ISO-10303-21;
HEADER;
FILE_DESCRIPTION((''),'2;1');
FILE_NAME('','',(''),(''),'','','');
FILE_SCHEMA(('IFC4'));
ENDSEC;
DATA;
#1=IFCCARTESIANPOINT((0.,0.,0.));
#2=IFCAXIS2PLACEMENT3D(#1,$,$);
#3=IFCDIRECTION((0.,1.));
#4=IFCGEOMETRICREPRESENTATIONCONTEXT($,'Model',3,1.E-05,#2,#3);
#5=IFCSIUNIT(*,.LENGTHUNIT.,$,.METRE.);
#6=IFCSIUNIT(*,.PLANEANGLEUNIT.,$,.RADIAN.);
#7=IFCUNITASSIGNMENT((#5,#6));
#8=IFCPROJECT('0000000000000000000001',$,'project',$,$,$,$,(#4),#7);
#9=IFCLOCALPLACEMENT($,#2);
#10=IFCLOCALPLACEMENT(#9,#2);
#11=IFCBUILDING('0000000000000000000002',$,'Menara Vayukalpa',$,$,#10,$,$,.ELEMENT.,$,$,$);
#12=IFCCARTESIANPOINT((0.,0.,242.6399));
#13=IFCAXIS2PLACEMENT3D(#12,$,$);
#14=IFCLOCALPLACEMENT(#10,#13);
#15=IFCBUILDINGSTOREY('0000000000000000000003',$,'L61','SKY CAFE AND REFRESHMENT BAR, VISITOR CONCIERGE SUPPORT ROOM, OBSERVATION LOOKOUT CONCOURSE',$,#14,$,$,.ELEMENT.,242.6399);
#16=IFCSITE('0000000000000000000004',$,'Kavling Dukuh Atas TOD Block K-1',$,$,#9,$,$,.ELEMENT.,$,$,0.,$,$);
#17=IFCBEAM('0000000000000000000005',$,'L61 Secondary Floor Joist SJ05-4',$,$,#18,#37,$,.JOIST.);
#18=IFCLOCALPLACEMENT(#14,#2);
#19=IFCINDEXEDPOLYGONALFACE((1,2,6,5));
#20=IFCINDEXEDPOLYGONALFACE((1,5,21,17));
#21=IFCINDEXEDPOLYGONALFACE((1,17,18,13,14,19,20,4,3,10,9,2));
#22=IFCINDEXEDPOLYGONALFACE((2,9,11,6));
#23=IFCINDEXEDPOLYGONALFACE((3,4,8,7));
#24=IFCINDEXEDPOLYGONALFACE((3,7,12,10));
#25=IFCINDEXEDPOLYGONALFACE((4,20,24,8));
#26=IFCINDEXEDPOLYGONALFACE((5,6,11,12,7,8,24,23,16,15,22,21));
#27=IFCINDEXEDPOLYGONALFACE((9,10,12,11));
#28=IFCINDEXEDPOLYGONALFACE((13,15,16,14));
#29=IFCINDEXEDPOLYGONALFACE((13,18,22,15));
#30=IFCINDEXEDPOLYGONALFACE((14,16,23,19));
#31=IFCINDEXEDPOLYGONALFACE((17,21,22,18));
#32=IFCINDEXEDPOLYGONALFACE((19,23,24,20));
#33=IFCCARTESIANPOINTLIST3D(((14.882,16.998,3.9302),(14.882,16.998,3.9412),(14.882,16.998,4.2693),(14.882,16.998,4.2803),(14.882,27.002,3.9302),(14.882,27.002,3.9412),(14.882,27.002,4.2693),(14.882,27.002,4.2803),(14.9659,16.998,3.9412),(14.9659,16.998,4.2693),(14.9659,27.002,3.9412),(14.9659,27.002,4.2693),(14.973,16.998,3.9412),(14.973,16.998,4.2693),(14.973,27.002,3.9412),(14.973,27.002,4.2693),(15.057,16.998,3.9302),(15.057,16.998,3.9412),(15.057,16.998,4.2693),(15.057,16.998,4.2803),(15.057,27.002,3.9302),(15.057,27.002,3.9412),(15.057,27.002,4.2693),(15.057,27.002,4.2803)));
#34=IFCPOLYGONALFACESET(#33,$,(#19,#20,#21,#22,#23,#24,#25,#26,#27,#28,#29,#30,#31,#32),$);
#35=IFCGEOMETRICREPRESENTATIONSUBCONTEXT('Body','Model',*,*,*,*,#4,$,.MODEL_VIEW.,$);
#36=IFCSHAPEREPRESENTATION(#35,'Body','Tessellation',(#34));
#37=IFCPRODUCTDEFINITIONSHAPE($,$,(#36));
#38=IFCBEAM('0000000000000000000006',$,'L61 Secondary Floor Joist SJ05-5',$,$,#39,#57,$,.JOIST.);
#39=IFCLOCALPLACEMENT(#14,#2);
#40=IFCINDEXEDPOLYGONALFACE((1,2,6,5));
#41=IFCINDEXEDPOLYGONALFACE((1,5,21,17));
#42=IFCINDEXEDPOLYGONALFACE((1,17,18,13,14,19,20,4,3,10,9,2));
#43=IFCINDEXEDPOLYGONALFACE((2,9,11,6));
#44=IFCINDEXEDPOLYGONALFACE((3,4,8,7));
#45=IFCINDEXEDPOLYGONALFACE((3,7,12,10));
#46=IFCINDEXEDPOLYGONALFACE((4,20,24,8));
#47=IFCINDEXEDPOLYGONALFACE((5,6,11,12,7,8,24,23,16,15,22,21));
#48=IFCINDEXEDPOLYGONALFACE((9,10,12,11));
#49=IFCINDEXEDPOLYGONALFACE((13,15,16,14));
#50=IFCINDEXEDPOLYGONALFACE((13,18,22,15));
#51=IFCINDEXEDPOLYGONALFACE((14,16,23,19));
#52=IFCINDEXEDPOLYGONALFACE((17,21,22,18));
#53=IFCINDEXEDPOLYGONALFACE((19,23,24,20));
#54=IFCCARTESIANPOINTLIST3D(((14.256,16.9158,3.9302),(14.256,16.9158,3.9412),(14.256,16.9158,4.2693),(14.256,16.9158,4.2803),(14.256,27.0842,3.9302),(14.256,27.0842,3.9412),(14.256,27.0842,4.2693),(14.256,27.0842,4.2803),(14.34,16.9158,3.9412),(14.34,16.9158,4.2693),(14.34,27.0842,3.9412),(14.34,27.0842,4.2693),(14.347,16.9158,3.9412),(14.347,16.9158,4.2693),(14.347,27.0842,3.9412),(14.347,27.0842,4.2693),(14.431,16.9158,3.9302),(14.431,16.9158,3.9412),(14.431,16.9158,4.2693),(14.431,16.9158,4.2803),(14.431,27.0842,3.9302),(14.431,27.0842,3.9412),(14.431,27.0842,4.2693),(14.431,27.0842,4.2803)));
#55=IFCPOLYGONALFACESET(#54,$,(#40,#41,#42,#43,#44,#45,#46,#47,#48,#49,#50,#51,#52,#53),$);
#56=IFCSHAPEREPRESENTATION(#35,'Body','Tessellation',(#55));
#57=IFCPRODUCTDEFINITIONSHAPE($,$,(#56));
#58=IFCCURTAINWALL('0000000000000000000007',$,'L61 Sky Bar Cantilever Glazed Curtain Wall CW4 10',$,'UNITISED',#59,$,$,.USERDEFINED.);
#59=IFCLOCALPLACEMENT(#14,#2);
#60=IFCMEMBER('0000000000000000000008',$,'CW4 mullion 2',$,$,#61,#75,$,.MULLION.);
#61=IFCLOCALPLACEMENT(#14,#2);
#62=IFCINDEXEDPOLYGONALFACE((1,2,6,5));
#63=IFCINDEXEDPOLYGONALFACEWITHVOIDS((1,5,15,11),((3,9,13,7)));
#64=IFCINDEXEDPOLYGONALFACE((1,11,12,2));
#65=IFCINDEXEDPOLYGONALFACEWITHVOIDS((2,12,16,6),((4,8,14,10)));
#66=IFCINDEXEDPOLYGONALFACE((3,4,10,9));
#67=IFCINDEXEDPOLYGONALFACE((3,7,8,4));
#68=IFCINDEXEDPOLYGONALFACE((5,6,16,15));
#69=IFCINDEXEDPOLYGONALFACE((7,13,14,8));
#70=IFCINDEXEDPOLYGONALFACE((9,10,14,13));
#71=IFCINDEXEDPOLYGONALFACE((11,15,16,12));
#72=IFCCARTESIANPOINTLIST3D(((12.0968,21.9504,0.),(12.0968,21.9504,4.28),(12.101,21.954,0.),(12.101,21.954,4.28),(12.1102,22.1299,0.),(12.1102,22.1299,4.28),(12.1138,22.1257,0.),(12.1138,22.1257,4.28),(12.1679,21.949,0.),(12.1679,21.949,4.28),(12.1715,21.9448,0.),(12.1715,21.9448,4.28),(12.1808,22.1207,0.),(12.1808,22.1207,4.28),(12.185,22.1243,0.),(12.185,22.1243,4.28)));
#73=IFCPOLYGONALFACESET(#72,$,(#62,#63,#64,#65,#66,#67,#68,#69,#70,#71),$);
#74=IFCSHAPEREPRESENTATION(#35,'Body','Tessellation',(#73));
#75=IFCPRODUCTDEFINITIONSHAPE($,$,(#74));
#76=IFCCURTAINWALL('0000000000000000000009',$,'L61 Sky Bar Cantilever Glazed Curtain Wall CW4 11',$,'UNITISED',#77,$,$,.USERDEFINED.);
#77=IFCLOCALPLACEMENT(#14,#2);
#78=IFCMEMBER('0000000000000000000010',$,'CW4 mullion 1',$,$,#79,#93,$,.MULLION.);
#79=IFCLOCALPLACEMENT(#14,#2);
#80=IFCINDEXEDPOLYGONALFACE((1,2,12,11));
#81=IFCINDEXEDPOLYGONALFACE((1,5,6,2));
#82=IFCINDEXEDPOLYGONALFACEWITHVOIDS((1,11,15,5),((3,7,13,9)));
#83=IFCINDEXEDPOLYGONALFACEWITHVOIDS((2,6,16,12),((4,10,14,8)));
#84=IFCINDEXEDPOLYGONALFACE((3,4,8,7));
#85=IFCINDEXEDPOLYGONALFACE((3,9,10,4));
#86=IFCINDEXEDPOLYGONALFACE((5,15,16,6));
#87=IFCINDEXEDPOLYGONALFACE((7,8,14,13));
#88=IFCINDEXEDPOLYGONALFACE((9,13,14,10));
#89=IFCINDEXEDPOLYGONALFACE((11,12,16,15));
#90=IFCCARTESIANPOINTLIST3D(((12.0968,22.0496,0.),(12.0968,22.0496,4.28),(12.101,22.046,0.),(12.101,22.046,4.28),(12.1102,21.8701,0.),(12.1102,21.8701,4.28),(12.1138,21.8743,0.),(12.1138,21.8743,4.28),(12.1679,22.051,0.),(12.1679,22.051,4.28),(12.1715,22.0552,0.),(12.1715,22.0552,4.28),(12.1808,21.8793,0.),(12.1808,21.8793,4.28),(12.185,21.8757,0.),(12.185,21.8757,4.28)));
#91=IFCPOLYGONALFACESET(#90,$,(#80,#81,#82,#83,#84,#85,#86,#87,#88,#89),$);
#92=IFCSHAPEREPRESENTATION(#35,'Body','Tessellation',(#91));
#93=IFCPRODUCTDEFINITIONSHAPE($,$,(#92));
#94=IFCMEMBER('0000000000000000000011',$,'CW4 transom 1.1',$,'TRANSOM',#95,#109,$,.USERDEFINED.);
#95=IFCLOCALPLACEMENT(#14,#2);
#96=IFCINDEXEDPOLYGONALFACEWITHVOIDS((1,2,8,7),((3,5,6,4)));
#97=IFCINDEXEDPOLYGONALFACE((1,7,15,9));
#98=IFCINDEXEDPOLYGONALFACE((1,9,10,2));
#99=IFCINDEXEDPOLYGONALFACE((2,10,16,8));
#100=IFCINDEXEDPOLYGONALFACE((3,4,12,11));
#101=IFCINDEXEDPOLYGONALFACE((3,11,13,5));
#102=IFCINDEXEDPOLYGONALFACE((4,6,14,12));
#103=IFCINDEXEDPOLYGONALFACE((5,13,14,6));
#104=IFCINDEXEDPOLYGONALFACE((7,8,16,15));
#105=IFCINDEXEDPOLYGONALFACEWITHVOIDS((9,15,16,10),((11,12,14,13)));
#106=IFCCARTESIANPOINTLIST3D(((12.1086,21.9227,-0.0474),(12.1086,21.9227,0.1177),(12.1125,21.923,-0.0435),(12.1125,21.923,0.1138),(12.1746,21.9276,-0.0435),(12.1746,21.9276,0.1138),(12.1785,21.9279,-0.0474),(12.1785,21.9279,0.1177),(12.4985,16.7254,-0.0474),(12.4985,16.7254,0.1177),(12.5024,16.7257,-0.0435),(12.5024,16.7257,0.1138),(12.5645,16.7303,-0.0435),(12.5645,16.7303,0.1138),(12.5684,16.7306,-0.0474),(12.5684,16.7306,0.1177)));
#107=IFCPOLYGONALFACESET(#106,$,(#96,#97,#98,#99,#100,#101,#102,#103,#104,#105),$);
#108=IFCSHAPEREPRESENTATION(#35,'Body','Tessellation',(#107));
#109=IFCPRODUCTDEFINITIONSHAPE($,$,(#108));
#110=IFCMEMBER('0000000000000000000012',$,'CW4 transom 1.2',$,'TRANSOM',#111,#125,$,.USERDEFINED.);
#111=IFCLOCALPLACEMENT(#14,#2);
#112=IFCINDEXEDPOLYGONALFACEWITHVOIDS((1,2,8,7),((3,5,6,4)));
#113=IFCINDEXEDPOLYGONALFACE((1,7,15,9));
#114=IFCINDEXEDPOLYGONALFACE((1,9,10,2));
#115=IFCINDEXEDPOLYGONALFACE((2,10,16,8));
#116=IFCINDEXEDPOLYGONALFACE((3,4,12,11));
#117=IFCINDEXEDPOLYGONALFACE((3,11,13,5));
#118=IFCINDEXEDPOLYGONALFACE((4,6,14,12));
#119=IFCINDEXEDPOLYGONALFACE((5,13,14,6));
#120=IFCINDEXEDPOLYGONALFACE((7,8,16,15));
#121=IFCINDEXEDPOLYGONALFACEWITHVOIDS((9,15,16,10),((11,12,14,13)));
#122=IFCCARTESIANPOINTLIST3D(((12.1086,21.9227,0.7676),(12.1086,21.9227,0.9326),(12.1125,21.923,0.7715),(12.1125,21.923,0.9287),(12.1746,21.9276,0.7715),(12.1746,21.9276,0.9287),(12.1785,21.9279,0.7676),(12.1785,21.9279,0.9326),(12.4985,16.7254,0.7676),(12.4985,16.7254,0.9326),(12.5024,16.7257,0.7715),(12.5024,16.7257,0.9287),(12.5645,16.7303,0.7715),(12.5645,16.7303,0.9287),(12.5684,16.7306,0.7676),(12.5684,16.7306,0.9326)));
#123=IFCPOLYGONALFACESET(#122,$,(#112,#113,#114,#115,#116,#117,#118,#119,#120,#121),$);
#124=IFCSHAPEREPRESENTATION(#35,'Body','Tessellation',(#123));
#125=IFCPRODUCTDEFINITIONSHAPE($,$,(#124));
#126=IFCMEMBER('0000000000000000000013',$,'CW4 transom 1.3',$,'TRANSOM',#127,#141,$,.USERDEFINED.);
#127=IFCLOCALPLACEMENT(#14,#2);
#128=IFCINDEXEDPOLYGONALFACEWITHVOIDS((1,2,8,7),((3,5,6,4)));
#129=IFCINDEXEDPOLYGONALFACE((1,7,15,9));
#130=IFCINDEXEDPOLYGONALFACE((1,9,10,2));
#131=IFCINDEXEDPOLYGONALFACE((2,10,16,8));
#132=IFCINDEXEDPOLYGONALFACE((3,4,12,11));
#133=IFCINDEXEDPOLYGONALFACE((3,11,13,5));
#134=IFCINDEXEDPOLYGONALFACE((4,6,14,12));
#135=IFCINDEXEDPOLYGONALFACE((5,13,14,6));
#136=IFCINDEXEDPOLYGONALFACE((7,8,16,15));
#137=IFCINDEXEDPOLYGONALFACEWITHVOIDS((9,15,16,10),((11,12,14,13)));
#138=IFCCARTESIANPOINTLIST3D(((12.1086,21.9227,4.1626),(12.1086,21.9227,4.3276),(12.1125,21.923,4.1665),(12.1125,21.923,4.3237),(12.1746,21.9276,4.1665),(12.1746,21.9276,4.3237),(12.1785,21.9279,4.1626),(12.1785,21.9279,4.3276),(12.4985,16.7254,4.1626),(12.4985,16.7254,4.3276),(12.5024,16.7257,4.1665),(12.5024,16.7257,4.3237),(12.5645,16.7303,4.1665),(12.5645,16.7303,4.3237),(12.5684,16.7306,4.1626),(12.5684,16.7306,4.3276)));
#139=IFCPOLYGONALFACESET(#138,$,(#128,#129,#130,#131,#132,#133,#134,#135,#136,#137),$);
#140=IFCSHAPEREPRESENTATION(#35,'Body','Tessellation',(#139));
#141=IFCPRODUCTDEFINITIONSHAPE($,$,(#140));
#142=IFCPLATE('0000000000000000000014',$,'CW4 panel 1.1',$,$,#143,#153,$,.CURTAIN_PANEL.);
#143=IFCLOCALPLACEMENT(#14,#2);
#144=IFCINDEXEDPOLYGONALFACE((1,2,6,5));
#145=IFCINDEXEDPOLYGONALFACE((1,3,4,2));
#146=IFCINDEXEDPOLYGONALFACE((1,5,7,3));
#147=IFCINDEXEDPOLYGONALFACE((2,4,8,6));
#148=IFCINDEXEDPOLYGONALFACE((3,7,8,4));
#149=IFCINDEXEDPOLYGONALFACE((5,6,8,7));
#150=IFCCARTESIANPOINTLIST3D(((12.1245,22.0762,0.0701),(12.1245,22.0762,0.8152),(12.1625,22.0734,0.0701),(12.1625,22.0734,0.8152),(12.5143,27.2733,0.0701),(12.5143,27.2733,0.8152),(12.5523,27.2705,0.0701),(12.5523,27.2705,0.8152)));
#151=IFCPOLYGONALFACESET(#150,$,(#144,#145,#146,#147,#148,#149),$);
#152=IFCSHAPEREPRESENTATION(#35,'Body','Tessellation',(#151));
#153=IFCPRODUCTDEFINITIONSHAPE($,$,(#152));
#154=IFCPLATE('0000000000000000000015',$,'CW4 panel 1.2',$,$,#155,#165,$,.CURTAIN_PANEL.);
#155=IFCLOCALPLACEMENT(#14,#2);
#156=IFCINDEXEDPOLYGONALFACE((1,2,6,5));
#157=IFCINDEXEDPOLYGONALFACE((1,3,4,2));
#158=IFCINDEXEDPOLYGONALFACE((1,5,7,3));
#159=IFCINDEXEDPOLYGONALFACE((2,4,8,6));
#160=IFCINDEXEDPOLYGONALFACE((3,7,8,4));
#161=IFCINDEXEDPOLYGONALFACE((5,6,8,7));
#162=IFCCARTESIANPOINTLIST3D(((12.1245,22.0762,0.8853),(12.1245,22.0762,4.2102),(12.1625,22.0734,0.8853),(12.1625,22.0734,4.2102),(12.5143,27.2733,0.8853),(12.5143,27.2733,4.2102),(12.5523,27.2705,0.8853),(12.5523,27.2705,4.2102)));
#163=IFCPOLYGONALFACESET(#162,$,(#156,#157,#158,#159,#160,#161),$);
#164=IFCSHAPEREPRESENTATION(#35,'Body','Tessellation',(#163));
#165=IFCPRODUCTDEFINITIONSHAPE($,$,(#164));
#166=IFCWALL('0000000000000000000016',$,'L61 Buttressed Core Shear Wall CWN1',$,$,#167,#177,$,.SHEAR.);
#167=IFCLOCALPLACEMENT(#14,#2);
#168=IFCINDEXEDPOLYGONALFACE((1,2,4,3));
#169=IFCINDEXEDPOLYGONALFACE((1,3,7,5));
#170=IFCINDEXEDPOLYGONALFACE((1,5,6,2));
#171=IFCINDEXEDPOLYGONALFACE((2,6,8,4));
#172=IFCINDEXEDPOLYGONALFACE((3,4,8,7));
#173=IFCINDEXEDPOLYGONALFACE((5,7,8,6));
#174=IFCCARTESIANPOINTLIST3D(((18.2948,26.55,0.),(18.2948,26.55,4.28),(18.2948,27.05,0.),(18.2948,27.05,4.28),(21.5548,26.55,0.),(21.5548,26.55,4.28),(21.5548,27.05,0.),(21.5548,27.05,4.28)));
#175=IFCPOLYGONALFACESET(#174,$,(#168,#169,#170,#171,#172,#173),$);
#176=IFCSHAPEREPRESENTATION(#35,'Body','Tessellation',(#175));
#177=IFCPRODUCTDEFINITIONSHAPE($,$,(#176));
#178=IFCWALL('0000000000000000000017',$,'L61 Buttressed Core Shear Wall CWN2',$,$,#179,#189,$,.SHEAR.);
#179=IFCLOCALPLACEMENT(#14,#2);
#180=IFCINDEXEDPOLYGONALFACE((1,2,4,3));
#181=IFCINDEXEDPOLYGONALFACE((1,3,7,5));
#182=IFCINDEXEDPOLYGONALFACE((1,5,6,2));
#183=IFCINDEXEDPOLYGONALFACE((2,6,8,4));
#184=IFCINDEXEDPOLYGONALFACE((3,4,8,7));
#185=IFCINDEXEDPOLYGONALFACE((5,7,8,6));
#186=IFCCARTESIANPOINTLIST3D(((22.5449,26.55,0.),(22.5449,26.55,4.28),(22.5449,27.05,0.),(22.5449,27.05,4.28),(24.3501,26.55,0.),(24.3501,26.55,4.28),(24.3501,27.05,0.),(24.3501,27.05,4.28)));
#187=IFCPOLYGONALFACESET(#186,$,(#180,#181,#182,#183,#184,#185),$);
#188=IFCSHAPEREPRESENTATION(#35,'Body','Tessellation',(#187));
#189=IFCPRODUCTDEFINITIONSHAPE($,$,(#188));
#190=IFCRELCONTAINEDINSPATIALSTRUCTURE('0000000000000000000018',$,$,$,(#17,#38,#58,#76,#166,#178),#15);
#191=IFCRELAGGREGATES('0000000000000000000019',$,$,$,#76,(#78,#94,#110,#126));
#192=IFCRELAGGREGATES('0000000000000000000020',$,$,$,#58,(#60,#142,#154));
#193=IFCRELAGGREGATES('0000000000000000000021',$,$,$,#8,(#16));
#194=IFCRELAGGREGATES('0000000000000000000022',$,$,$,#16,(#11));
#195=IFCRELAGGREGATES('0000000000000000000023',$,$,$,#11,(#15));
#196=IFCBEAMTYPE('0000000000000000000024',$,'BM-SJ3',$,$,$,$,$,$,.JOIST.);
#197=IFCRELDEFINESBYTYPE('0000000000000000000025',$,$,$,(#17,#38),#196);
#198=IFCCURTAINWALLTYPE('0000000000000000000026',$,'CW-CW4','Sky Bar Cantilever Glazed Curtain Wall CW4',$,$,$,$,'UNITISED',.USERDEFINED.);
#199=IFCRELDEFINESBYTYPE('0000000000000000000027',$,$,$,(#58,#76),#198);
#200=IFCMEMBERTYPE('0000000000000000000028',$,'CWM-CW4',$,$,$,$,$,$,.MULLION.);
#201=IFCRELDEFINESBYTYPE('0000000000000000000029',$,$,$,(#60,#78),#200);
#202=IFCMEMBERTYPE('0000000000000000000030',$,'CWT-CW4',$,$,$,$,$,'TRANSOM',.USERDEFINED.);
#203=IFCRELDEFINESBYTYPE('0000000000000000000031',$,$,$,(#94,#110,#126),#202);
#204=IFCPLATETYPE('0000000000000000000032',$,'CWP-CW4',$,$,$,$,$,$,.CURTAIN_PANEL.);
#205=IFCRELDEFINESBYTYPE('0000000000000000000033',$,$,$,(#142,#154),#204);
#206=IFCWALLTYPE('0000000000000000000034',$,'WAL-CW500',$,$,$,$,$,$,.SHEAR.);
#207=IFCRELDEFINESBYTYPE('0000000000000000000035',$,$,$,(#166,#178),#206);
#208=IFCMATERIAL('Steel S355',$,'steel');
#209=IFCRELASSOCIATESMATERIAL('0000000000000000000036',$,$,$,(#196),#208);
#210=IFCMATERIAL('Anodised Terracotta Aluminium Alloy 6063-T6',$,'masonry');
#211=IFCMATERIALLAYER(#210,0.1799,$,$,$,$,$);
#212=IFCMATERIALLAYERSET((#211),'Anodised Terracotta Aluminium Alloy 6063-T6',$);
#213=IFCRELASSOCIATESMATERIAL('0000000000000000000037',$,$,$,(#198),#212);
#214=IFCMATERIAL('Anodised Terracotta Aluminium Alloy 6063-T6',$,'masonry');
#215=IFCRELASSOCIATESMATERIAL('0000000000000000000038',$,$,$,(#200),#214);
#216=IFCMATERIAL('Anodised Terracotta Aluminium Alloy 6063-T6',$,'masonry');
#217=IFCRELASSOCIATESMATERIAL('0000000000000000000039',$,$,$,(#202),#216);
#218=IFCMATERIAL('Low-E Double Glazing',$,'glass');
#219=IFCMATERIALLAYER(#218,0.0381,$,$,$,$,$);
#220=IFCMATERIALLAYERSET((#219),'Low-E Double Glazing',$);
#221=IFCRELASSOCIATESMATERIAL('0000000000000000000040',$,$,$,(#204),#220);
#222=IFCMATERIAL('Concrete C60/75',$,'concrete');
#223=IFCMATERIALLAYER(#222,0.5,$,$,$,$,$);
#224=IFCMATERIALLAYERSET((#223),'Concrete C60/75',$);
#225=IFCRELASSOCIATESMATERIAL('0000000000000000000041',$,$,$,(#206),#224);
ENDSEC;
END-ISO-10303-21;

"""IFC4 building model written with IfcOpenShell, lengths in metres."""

from ifc_helpers import new_model, si_unit, direction, frame, frame_2d, origin, origin_2d, place, context, subcontext, project, spatial, rectangle, hollow_rectangle, i_section, extrude, material, layer, layer_set, material_profile, profile_set, type_object, element, aggregate, save


model = new_model("IFC4")

# Units and contexts
model_context = context("Model", 3, precision=1e-05, world=origin(), true_north=direction((0.0, 1.0)))
body_context = subcontext(model_context, "Body", "Model", "MODEL_VIEW")
ifc_project = project(units=[si_unit("LENGTHUNIT", "METRE"), si_unit("PLANEANGLEUNIT", "RADIAN")], contexts=[model_context])

# Site, building, storey
site_placement = place(None, origin())
site = spatial("IfcSite", under=ifc_project, at=site_placement, Name="Kavling Dukuh Atas TOD Block K-1", CompositionType="ELEMENT", RefElevation=0.0)
building_placement = place(site_placement, origin())
building = spatial("IfcBuilding", under=site, at=building_placement, Name="Menara Vayukalpa", CompositionType="ELEMENT")
storey_placement = place(building_placement, frame((0.0, 0.0, 242.6399)))
storey = spatial("IfcBuildingStorey", under=building, at=storey_placement, Name="L61", Description="SKY CAFE AND REFRESHMENT BAR, VISITOR CONCIERGE SUPPORT ROOM, OBSERVATION LOOKOUT CONCOURSE", CompositionType="ELEMENT", Elevation=242.6399)

# Beams
ifc_material_1 = material(Name="Steel S355", Category="steel")
ifc_material_profile_1 = material_profile(ifc_material_1, i_section(OverallWidth=0.175, OverallDepth=0.3501, WebThickness=0.0071, FlangeThickness=0.011, at=origin_2d()), Name="WF 350x175x7x11")
ifc_profile_set_1 = profile_set([ifc_material_profile_1], Name="Steel S355")
beam_type_1 = type_object("IfcBeamType", Name="BM-SJ3", PredefinedType="JOIST", material=ifc_profile_set_1)
beam_1_placement = place(storey_placement, frame((14.9695, 27.002, 4.1052), z_axis=(0.0, -1.0, 0.0), x_axis=(1.0, 0.0, 0.0)))
element("IfcBeam", 1, at=beam_1_placement, inside=storey, type_object=beam_type_1, Name="L61 Secondary Floor Joist SJ05-4", PredefinedType="JOIST", context=body_context, shape_type="SweptSolid", body=[
    extrude(i_section(OverallWidth=0.175, OverallDepth=0.3501, WebThickness=0.0071, FlangeThickness=0.011, at=origin_2d()), origin(), (0.0, 0.0, 1.0), 10.0039),
])
beam_2_placement = place(storey_placement, frame((14.3435, 27.0842, 4.1052), z_axis=(0.0, -1.0, 0.0), x_axis=(1.0, 0.0, 0.0)))
element("IfcBeam", 2, at=beam_2_placement, inside=storey, type_object=beam_type_1, Name="L61 Secondary Floor Joist SJ05-5", PredefinedType="JOIST", context=body_context, shape_type="SweptSolid", body=[
    extrude(i_section(OverallWidth=0.175, OverallDepth=0.3501, WebThickness=0.0071, FlangeThickness=0.011, at=origin_2d()), origin(), (0.0, 0.0, 1.0), 10.1685),
])

# Curtain wall, member
ifc_material_2 = material(Name="Anodised Terracotta Aluminium Alloy 6063-T6", Category="masonry")
ifc_layer_1 = layer(ifc_material_2, 0.1799)
ifc_layer_set_1 = layer_set([ifc_layer_1], Name="Anodised Terracotta Aluminium Alloy 6063-T6")
curtain_wall_type = type_object("IfcCurtainWallType", Name="CW-CW4", Description="Sky Bar Cantilever Glazed Curtain Wall CW4", ElementType="UNITISED", PredefinedType="USERDEFINED", material=ifc_layer_set_1)
curtain_wall_1_placement = place(storey_placement, origin())
curtain_wall_1 = element("IfcCurtainWall", 3, at=curtain_wall_1_placement, inside=storey, type_object=curtain_wall_type, Name="L61 Sky Bar Cantilever Glazed Curtain Wall CW4 10", ObjectType="UNITISED", PredefinedType="USERDEFINED")
ifc_material_3 = material(Name="Anodised Terracotta Aluminium Alloy 6063-T6", Category="masonry")
ifc_material_profile_2 = material_profile(ifc_material_3, hollow_rectangle(XDim=0.075, YDim=0.1799, WallThickness=0.0039, at=origin_2d()), Name="ALU 75x180x4")
ifc_profile_set_2 = profile_set([ifc_material_profile_2], Name="Anodised Terracotta Aluminium Alloy 6063-T6")
member_type_1 = type_object("IfcMemberType", Name="CWM-CW4", PredefinedType="MULLION", material=ifc_profile_set_2)
member_1_placement = place(storey_placement, frame((12.1409, 22.0374, 0.0), z_axis=(0.0, 0.0, 1.0), x_axis=(0.997199, -0.074789, 0.0)))
member_1 = element("IfcMember", 4, at=member_1_placement, type_object=member_type_1, Name="CW4 mullion 2", PredefinedType="MULLION", context=body_context, shape_type="SweptSolid", body=[
    extrude(hollow_rectangle(XDim=0.075, YDim=0.1799, WallThickness=0.0039, at=origin_2d()), origin(), (0.0, 0.0, 1.0), 4.28),
])

# Curtain wall, members
curtain_wall_2_placement = place(storey_placement, origin())
curtain_wall_2 = element("IfcCurtainWall", 5, at=curtain_wall_2_placement, inside=storey, type_object=curtain_wall_type, Name="L61 Sky Bar Cantilever Glazed Curtain Wall CW4 11", ObjectType="UNITISED", PredefinedType="USERDEFINED")
member_2_placement = place(storey_placement, frame((12.1409, 21.9626, 0.0), z_axis=(0.0, 0.0, 1.0), x_axis=(0.997199, 0.074789, 0.0)))
member_2 = element("IfcMember", 6, at=member_2_placement, type_object=member_type_1, Name="CW4 mullion 1", PredefinedType="MULLION", context=body_context, shape_type="SweptSolid", body=[
    extrude(hollow_rectangle(XDim=0.075, YDim=0.1799, WallThickness=0.0039, at=origin_2d()), origin(), (0.0, 0.0, 1.0), 4.28),
])
ifc_material_4 = material(Name="Anodised Terracotta Aluminium Alloy 6063-T6", Category="masonry")
ifc_material_profile_3 = material_profile(ifc_material_4, hollow_rectangle(XDim=0.0701, YDim=0.165, WallThickness=0.0039, at=origin_2d()), Name="ALU 70x165x4")
ifc_profile_set_3 = profile_set([ifc_material_profile_3], Name="Anodised Terracotta Aluminium Alloy 6063-T6")
member_type_2 = type_object("IfcMemberType", Name="CWT-CW4", ElementType="TRANSOM", PredefinedType="USERDEFINED", material=ifc_profile_set_3)
member_3_placement = place(storey_placement, frame((12.1436, 21.9253, 0.0352), z_axis=(0.074809, -0.997198, 0.0), x_axis=(0.997198, 0.074809, 0.0)))
member_3 = element("IfcMember", 7, at=member_3_placement, type_object=member_type_2, Name="CW4 transom 1.1", ObjectType="TRANSOM", PredefinedType="USERDEFINED", context=body_context, shape_type="SweptSolid", body=[
    extrude(hollow_rectangle(XDim=0.0701, YDim=0.165, WallThickness=0.0039, at=origin_2d()), origin(), (0.0, 0.0, 1.0), 5.2119),
])
member_4_placement = place(storey_placement, frame((12.1436, 21.9253, 0.8501), z_axis=(0.074809, -0.997198, 0.0), x_axis=(0.997198, 0.074809, 0.0)))
member_4 = element("IfcMember", 8, at=member_4_placement, type_object=member_type_2, Name="CW4 transom 1.2", ObjectType="TRANSOM", PredefinedType="USERDEFINED", context=body_context, shape_type="SweptSolid", body=[
    extrude(hollow_rectangle(XDim=0.0701, YDim=0.165, WallThickness=0.0039, at=origin_2d()), origin(), (0.0, 0.0, 1.0), 5.2119),
])
member_5_placement = place(storey_placement, frame((12.1436, 21.9253, 4.2451), z_axis=(0.074809, -0.997198, 0.0), x_axis=(0.997198, 0.074809, 0.0)))
member_5 = element("IfcMember", 9, at=member_5_placement, type_object=member_type_2, Name="CW4 transom 1.3", ObjectType="TRANSOM", PredefinedType="USERDEFINED", context=body_context, shape_type="SweptSolid", body=[
    extrude(hollow_rectangle(XDim=0.0701, YDim=0.165, WallThickness=0.0039, at=origin_2d()), origin(), (0.0, 0.0, 1.0), 5.2119),
])
aggregate(curtain_wall_2, [member_2, member_3, member_4, member_5])

# Plates
ifc_material_5 = material(Name="Low-E Double Glazing", Category="glass")
ifc_layer_2 = layer(ifc_material_5, 0.0381)
ifc_layer_set_2 = layer_set([ifc_layer_2], Name="Low-E Double Glazing")
plate_type = type_object("IfcPlateType", Name="CWP-CW4", PredefinedType="CURTAIN_PANEL", material=ifc_layer_set_2)
plate_1_placement = place(storey_placement, frame((12.3384, 24.6733, 0.0701), z_axis=(0.0, 0.0, 1.0), x_axis=(-0.074789, -0.997199, 0.0)))
plate_1 = element("IfcPlate", 10, at=plate_1_placement, type_object=plate_type, Name="CW4 panel 1.1", PredefinedType="CURTAIN_PANEL", context=body_context, shape_type="SweptSolid", body=[
    extrude(rectangle(XDim=5.2117, YDim=0.0381, at=origin_2d()), origin(), (0.0, 0.0, 1.0), 0.7451),
])
plate_2_placement = place(storey_placement, frame((12.3384, 24.6733, 0.8853), z_axis=(0.0, 0.0, 1.0), x_axis=(-0.074789, -0.997199, 0.0)))
plate_2 = element("IfcPlate", 11, at=plate_2_placement, type_object=plate_type, Name="CW4 panel 1.2", PredefinedType="CURTAIN_PANEL", context=body_context, shape_type="SweptSolid", body=[
    extrude(rectangle(XDim=5.2117, YDim=0.0381, at=origin_2d()), origin(), (0.0, 0.0, 1.0), 3.325),
])
aggregate(curtain_wall_1, [member_1, plate_1, plate_2])

# Walls
ifc_material_6 = material(Name="Concrete C60/75", Category="concrete")
ifc_layer_3 = layer(ifc_material_6, 0.5)
ifc_layer_set_3 = layer_set([ifc_layer_3], Name="Concrete C60/75")
wall_type_1 = type_object("IfcWallType", Name="WAL-CW500", PredefinedType="SHEAR", material=ifc_layer_set_3)
wall_1_placement = place(storey_placement, frame((18.2949, 26.8, 0.0), z_axis=(0.0, 0.0, 1.0), x_axis=(1.0, 0.0, 0.0)))
element("IfcWall", 12, at=wall_1_placement, inside=storey, type_object=wall_type_1, Name="L61 Buttressed Core Shear Wall CWN1", PredefinedType="SHEAR", context=body_context, shape_type="SweptSolid", body=[
    extrude(rectangle(XDim=3.26, YDim=0.5, at=frame_2d((1.6299, 0.0))), origin(), (0.0, 0.0, 1.0), 4.28),
])
wall_2_placement = place(storey_placement, frame((22.5449, 26.8, 0.0), z_axis=(0.0, 0.0, 1.0), x_axis=(1.0, 0.0, 0.0)))
element("IfcWall", 13, at=wall_2_placement, inside=storey, type_object=wall_type_1, Name="L61 Buttressed Core Shear Wall CWN2", PredefinedType="SHEAR", context=body_context, shape_type="SweptSolid", body=[
    extrude(rectangle(XDim=1.8052, YDim=0.5, at=frame_2d((0.9026, 0.0))), origin(), (0.0, 0.0, 1.0), 4.28),
])

save(model, "model.ifc")
